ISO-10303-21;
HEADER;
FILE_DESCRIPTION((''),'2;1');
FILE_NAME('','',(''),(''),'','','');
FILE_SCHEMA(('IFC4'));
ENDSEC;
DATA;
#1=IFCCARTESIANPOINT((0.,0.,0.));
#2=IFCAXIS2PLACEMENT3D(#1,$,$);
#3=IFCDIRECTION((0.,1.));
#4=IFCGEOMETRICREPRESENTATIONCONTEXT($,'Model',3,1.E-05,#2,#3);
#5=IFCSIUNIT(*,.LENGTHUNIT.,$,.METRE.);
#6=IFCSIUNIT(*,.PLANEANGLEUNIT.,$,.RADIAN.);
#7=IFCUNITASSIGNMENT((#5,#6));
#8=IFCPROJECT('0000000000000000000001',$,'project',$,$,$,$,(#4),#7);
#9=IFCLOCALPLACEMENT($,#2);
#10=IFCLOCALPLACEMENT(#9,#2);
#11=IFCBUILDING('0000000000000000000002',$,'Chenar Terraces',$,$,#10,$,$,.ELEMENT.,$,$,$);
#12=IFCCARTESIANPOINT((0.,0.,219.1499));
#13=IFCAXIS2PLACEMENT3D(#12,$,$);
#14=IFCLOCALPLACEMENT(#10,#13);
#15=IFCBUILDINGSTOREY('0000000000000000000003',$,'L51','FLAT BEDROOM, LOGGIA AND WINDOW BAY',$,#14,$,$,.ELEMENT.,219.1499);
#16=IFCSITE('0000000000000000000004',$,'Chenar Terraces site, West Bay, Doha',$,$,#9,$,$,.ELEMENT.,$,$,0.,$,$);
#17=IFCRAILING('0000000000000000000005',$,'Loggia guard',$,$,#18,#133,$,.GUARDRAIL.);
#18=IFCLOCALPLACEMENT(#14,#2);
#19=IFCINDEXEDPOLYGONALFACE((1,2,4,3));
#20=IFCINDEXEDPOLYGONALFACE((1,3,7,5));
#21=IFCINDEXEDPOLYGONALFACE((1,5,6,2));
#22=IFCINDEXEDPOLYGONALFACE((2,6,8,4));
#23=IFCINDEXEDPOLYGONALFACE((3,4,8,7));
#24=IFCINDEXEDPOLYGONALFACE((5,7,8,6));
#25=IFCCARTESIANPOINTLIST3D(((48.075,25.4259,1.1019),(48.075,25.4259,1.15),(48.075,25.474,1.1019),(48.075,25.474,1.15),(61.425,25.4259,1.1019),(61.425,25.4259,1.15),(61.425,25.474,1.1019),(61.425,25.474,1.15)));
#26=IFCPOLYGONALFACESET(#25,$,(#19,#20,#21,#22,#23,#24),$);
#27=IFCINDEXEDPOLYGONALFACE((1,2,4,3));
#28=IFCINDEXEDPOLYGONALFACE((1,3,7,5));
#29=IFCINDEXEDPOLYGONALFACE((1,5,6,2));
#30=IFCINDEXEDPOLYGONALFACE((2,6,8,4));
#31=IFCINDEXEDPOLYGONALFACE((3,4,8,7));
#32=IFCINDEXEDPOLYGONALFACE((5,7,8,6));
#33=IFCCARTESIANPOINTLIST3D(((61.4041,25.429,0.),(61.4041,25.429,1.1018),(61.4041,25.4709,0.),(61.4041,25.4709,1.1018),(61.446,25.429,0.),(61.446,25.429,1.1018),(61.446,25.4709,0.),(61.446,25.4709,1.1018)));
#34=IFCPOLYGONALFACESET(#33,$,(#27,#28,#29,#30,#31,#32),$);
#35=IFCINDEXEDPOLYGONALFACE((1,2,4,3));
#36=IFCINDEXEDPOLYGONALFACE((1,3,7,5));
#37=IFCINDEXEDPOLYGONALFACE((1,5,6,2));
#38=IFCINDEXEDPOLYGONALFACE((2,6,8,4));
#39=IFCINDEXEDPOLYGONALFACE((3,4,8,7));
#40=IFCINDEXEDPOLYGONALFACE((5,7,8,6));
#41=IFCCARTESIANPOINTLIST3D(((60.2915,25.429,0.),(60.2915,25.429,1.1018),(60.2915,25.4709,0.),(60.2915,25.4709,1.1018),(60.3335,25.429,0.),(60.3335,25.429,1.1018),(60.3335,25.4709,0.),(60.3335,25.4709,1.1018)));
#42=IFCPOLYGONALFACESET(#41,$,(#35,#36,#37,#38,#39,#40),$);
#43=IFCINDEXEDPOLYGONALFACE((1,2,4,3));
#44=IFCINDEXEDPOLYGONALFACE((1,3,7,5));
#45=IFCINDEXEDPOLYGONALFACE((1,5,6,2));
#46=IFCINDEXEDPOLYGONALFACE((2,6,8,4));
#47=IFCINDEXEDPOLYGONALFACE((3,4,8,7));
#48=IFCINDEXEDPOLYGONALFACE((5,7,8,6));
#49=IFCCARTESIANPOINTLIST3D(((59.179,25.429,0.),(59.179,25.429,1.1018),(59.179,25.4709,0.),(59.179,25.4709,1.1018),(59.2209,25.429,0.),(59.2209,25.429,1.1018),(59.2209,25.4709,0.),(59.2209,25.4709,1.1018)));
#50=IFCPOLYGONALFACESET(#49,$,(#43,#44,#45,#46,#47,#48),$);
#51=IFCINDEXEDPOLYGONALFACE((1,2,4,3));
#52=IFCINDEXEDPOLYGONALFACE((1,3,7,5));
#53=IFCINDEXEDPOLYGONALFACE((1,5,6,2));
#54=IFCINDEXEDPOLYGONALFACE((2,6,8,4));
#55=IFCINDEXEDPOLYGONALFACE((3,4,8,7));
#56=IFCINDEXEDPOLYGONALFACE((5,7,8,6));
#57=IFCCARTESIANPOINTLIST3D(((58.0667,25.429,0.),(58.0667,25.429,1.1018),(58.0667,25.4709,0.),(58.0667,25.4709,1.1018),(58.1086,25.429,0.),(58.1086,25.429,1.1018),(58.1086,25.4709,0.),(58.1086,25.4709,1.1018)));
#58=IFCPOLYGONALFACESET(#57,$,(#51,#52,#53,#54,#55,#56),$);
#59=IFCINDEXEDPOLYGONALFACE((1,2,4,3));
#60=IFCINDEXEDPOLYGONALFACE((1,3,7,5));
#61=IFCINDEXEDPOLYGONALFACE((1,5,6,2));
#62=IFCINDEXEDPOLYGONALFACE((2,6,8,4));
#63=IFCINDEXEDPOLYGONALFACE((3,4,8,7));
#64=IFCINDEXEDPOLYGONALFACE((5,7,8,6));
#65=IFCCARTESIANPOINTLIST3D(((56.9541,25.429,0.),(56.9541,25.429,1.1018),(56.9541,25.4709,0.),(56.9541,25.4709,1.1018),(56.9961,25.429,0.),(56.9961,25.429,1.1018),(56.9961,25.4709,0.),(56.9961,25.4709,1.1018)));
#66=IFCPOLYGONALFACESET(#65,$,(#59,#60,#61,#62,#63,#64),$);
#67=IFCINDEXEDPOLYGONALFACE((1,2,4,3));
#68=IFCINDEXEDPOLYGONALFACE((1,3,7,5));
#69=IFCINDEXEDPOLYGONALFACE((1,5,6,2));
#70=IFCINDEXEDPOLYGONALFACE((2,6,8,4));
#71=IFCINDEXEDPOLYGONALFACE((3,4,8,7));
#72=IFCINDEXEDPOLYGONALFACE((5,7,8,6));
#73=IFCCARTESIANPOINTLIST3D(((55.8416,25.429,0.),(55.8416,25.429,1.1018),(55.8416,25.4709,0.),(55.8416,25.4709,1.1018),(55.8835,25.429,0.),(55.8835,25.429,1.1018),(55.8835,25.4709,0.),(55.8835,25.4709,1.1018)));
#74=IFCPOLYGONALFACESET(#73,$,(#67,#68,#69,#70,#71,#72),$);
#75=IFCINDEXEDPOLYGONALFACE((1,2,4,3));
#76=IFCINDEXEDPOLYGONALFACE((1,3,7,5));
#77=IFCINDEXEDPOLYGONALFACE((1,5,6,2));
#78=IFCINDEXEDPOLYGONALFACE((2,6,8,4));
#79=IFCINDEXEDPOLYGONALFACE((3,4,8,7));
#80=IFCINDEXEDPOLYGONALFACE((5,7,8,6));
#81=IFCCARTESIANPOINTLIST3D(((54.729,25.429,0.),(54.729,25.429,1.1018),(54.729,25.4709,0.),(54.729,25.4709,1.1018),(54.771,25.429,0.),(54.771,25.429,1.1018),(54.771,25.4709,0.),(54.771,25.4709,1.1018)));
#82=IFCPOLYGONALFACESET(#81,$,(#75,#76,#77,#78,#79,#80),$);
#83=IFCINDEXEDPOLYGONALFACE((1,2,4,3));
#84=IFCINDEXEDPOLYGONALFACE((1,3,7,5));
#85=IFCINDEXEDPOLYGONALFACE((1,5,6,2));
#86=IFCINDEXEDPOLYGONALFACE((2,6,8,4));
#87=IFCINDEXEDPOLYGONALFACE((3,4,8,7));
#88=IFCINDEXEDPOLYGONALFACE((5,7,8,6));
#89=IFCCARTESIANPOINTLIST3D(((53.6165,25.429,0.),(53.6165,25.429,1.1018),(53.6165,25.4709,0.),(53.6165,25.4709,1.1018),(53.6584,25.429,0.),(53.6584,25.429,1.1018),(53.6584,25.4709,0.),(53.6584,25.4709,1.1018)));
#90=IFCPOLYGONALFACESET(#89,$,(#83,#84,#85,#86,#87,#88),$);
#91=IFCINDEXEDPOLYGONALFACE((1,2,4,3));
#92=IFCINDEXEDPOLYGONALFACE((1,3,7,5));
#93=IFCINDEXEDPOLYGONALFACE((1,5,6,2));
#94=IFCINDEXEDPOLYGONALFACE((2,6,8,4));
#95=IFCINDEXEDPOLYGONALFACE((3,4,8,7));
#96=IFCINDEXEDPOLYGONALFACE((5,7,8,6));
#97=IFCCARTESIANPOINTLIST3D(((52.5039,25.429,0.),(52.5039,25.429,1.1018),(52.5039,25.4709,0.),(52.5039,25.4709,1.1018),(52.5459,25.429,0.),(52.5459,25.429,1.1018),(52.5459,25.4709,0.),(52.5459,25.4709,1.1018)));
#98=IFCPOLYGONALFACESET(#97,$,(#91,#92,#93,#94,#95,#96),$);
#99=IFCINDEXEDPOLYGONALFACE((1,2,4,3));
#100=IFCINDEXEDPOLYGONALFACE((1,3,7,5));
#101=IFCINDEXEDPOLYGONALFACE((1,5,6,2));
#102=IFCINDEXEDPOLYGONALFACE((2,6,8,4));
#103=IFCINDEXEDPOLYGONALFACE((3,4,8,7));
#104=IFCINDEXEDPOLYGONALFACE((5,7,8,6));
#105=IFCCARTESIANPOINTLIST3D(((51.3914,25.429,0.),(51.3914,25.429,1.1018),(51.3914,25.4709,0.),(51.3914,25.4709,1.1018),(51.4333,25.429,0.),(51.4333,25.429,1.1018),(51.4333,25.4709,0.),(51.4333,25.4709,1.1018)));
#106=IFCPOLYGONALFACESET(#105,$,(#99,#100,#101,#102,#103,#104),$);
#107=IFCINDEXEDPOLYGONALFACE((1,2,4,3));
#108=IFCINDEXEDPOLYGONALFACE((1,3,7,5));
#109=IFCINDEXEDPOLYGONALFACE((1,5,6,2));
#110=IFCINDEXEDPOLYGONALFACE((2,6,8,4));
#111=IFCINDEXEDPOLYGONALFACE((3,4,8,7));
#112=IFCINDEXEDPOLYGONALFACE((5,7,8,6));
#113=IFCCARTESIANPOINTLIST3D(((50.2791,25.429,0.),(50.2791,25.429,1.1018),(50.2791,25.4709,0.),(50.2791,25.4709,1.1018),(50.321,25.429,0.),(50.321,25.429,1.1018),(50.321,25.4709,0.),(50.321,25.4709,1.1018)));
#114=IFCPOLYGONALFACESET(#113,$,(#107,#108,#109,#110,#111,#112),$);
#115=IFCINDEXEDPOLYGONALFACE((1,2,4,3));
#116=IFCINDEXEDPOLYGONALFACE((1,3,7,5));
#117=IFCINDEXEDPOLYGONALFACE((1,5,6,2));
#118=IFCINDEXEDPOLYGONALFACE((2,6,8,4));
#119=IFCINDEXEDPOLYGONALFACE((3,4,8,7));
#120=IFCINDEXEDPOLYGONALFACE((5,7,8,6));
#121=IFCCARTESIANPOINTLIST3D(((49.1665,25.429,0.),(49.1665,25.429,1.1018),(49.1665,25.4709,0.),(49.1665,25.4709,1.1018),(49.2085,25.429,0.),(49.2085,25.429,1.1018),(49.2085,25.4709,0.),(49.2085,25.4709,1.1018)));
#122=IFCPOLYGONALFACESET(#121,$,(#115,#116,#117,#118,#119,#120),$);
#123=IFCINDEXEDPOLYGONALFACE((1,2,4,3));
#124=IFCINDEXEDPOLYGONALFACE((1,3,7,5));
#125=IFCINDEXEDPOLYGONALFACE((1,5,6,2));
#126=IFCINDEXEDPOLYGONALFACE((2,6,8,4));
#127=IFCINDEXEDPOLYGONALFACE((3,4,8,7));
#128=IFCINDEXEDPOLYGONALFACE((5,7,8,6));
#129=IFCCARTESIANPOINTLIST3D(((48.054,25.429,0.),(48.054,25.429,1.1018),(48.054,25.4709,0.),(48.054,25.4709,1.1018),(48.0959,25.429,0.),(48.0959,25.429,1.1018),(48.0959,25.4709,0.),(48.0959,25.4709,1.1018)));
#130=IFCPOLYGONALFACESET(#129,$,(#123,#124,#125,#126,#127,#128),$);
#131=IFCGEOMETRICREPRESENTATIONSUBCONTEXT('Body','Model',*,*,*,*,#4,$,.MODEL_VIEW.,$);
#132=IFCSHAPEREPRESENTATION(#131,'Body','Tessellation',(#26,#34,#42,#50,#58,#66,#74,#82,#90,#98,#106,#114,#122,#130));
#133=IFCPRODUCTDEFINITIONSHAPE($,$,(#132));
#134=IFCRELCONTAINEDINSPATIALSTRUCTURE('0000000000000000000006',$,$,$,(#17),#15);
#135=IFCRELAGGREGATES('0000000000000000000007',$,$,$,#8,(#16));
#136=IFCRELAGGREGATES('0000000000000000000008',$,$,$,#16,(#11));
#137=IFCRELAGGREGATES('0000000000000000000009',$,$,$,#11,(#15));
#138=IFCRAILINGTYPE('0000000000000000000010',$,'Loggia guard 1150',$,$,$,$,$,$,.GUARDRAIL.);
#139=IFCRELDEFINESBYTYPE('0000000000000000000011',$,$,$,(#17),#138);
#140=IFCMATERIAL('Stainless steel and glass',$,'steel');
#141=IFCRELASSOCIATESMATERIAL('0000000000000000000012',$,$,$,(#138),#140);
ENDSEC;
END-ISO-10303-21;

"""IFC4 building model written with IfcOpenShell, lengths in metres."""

from ifc_helpers import new_model, si_unit, direction, frame, origin, origin_2d, place, context, subcontext, project, spatial, rectangle, extrude, material, type_object, element, save


model = new_model("IFC4")

# Units and contexts
model_context = context("Model", 3, precision=1e-05, world=origin(), true_north=direction((0.0, 1.0)))
body_context = subcontext(model_context, "Body", "Model", "MODEL_VIEW")
ifc_project = project(units=[si_unit("LENGTHUNIT", "METRE"), si_unit("PLANEANGLEUNIT", "RADIAN")], contexts=[model_context])

# Site, building, storey
site_placement = place(None, origin())
site = spatial("IfcSite", under=ifc_project, at=site_placement, Name="Chenar Terraces site, West Bay, Doha", CompositionType="ELEMENT", RefElevation=0.0)
building_placement = place(site_placement, origin())
building = spatial("IfcBuilding", under=site, at=building_placement, Name="Chenar Terraces", CompositionType="ELEMENT")
storey_placement = place(building_placement, frame((0.0, 0.0, 219.1499)))
storey = spatial("IfcBuildingStorey", under=building, at=storey_placement, Name="L51", Description="FLAT BEDROOM, LOGGIA AND WINDOW BAY", CompositionType="ELEMENT", Elevation=219.1499)

# Railing
ifc_material_1 = material(Name="Stainless steel and glass", Category="steel")
railing_type_1 = type_object("IfcRailingType", Name="Loggia guard 1150", PredefinedType="GUARDRAIL", material=ifc_material_1)
railing_1_placement = place(storey_placement, frame((61.425, 25.45, 0.0)))
element("IfcRailing", 1, at=railing_1_placement, inside=storey, type_object=railing_type_1, Name="Loggia guard", PredefinedType="GUARDRAIL", context=body_context, shape_type="SweptSolid", body=[
    extrude(rectangle(XDim=0.0481, YDim=0.0481, at=origin_2d()), frame((0.0, 0.0, 1.126), z_axis=(-1.0, 0.0, 0.0), x_axis=(0.0, -1.0, 0.0)), (0.0, 0.0, 1.0), 13.3501),
    extrude(rectangle(XDim=0.042, YDim=0.042, at=origin_2d()), origin(), (0.0, 0.0, 1.0), 1.1018),
    extrude(rectangle(XDim=0.042, YDim=0.042, at=origin_2d()), frame((-1.1125, 0.0, 0.0)), (0.0, 0.0, 1.0), 1.1018),
    extrude(rectangle(XDim=0.042, YDim=0.042, at=origin_2d()), frame((-2.2251, 0.0, 0.0)), (0.0, 0.0, 1.0), 1.1018),
    extrude(rectangle(XDim=0.042, YDim=0.042, at=origin_2d()), frame((-3.3374, 0.0, 0.0)), (0.0, 0.0, 1.0), 1.1018),
    extrude(rectangle(XDim=0.042, YDim=0.042, at=origin_2d()), frame((-4.45, 0.0, 0.0)), (0.0, 0.0, 1.0), 1.1018),
    extrude(rectangle(XDim=0.042, YDim=0.042, at=origin_2d()), frame((-5.5625, 0.0, 0.0)), (0.0, 0.0, 1.0), 1.1018),
    extrude(rectangle(XDim=0.042, YDim=0.042, at=origin_2d()), frame((-6.675, 0.0, 0.0)), (0.0, 0.0, 1.0), 1.1018),
    extrude(rectangle(XDim=0.042, YDim=0.042, at=origin_2d()), frame((-7.7876, 0.0, 0.0)), (0.0, 0.0, 1.0), 1.1018),
    extrude(rectangle(XDim=0.042, YDim=0.042, at=origin_2d()), frame((-8.9001, 0.0, 0.0)), (0.0, 0.0, 1.0), 1.1018),
    extrude(rectangle(XDim=0.042, YDim=0.042, at=origin_2d()), frame((-10.0127, 0.0, 0.0)), (0.0, 0.0, 1.0), 1.1018),
    extrude(rectangle(XDim=0.042, YDim=0.042, at=origin_2d()), frame((-11.125, 0.0, 0.0)), (0.0, 0.0, 1.0), 1.1018),
    extrude(rectangle(XDim=0.042, YDim=0.042, at=origin_2d()), frame((-12.2375, 0.0, 0.0)), (0.0, 0.0, 1.0), 1.1018),
    extrude(rectangle(XDim=0.042, YDim=0.042, at=origin_2d()), frame((-13.3501, 0.0, 0.0)), (0.0, 0.0, 1.0), 1.1018),
])

save(model, "model.ifc")
